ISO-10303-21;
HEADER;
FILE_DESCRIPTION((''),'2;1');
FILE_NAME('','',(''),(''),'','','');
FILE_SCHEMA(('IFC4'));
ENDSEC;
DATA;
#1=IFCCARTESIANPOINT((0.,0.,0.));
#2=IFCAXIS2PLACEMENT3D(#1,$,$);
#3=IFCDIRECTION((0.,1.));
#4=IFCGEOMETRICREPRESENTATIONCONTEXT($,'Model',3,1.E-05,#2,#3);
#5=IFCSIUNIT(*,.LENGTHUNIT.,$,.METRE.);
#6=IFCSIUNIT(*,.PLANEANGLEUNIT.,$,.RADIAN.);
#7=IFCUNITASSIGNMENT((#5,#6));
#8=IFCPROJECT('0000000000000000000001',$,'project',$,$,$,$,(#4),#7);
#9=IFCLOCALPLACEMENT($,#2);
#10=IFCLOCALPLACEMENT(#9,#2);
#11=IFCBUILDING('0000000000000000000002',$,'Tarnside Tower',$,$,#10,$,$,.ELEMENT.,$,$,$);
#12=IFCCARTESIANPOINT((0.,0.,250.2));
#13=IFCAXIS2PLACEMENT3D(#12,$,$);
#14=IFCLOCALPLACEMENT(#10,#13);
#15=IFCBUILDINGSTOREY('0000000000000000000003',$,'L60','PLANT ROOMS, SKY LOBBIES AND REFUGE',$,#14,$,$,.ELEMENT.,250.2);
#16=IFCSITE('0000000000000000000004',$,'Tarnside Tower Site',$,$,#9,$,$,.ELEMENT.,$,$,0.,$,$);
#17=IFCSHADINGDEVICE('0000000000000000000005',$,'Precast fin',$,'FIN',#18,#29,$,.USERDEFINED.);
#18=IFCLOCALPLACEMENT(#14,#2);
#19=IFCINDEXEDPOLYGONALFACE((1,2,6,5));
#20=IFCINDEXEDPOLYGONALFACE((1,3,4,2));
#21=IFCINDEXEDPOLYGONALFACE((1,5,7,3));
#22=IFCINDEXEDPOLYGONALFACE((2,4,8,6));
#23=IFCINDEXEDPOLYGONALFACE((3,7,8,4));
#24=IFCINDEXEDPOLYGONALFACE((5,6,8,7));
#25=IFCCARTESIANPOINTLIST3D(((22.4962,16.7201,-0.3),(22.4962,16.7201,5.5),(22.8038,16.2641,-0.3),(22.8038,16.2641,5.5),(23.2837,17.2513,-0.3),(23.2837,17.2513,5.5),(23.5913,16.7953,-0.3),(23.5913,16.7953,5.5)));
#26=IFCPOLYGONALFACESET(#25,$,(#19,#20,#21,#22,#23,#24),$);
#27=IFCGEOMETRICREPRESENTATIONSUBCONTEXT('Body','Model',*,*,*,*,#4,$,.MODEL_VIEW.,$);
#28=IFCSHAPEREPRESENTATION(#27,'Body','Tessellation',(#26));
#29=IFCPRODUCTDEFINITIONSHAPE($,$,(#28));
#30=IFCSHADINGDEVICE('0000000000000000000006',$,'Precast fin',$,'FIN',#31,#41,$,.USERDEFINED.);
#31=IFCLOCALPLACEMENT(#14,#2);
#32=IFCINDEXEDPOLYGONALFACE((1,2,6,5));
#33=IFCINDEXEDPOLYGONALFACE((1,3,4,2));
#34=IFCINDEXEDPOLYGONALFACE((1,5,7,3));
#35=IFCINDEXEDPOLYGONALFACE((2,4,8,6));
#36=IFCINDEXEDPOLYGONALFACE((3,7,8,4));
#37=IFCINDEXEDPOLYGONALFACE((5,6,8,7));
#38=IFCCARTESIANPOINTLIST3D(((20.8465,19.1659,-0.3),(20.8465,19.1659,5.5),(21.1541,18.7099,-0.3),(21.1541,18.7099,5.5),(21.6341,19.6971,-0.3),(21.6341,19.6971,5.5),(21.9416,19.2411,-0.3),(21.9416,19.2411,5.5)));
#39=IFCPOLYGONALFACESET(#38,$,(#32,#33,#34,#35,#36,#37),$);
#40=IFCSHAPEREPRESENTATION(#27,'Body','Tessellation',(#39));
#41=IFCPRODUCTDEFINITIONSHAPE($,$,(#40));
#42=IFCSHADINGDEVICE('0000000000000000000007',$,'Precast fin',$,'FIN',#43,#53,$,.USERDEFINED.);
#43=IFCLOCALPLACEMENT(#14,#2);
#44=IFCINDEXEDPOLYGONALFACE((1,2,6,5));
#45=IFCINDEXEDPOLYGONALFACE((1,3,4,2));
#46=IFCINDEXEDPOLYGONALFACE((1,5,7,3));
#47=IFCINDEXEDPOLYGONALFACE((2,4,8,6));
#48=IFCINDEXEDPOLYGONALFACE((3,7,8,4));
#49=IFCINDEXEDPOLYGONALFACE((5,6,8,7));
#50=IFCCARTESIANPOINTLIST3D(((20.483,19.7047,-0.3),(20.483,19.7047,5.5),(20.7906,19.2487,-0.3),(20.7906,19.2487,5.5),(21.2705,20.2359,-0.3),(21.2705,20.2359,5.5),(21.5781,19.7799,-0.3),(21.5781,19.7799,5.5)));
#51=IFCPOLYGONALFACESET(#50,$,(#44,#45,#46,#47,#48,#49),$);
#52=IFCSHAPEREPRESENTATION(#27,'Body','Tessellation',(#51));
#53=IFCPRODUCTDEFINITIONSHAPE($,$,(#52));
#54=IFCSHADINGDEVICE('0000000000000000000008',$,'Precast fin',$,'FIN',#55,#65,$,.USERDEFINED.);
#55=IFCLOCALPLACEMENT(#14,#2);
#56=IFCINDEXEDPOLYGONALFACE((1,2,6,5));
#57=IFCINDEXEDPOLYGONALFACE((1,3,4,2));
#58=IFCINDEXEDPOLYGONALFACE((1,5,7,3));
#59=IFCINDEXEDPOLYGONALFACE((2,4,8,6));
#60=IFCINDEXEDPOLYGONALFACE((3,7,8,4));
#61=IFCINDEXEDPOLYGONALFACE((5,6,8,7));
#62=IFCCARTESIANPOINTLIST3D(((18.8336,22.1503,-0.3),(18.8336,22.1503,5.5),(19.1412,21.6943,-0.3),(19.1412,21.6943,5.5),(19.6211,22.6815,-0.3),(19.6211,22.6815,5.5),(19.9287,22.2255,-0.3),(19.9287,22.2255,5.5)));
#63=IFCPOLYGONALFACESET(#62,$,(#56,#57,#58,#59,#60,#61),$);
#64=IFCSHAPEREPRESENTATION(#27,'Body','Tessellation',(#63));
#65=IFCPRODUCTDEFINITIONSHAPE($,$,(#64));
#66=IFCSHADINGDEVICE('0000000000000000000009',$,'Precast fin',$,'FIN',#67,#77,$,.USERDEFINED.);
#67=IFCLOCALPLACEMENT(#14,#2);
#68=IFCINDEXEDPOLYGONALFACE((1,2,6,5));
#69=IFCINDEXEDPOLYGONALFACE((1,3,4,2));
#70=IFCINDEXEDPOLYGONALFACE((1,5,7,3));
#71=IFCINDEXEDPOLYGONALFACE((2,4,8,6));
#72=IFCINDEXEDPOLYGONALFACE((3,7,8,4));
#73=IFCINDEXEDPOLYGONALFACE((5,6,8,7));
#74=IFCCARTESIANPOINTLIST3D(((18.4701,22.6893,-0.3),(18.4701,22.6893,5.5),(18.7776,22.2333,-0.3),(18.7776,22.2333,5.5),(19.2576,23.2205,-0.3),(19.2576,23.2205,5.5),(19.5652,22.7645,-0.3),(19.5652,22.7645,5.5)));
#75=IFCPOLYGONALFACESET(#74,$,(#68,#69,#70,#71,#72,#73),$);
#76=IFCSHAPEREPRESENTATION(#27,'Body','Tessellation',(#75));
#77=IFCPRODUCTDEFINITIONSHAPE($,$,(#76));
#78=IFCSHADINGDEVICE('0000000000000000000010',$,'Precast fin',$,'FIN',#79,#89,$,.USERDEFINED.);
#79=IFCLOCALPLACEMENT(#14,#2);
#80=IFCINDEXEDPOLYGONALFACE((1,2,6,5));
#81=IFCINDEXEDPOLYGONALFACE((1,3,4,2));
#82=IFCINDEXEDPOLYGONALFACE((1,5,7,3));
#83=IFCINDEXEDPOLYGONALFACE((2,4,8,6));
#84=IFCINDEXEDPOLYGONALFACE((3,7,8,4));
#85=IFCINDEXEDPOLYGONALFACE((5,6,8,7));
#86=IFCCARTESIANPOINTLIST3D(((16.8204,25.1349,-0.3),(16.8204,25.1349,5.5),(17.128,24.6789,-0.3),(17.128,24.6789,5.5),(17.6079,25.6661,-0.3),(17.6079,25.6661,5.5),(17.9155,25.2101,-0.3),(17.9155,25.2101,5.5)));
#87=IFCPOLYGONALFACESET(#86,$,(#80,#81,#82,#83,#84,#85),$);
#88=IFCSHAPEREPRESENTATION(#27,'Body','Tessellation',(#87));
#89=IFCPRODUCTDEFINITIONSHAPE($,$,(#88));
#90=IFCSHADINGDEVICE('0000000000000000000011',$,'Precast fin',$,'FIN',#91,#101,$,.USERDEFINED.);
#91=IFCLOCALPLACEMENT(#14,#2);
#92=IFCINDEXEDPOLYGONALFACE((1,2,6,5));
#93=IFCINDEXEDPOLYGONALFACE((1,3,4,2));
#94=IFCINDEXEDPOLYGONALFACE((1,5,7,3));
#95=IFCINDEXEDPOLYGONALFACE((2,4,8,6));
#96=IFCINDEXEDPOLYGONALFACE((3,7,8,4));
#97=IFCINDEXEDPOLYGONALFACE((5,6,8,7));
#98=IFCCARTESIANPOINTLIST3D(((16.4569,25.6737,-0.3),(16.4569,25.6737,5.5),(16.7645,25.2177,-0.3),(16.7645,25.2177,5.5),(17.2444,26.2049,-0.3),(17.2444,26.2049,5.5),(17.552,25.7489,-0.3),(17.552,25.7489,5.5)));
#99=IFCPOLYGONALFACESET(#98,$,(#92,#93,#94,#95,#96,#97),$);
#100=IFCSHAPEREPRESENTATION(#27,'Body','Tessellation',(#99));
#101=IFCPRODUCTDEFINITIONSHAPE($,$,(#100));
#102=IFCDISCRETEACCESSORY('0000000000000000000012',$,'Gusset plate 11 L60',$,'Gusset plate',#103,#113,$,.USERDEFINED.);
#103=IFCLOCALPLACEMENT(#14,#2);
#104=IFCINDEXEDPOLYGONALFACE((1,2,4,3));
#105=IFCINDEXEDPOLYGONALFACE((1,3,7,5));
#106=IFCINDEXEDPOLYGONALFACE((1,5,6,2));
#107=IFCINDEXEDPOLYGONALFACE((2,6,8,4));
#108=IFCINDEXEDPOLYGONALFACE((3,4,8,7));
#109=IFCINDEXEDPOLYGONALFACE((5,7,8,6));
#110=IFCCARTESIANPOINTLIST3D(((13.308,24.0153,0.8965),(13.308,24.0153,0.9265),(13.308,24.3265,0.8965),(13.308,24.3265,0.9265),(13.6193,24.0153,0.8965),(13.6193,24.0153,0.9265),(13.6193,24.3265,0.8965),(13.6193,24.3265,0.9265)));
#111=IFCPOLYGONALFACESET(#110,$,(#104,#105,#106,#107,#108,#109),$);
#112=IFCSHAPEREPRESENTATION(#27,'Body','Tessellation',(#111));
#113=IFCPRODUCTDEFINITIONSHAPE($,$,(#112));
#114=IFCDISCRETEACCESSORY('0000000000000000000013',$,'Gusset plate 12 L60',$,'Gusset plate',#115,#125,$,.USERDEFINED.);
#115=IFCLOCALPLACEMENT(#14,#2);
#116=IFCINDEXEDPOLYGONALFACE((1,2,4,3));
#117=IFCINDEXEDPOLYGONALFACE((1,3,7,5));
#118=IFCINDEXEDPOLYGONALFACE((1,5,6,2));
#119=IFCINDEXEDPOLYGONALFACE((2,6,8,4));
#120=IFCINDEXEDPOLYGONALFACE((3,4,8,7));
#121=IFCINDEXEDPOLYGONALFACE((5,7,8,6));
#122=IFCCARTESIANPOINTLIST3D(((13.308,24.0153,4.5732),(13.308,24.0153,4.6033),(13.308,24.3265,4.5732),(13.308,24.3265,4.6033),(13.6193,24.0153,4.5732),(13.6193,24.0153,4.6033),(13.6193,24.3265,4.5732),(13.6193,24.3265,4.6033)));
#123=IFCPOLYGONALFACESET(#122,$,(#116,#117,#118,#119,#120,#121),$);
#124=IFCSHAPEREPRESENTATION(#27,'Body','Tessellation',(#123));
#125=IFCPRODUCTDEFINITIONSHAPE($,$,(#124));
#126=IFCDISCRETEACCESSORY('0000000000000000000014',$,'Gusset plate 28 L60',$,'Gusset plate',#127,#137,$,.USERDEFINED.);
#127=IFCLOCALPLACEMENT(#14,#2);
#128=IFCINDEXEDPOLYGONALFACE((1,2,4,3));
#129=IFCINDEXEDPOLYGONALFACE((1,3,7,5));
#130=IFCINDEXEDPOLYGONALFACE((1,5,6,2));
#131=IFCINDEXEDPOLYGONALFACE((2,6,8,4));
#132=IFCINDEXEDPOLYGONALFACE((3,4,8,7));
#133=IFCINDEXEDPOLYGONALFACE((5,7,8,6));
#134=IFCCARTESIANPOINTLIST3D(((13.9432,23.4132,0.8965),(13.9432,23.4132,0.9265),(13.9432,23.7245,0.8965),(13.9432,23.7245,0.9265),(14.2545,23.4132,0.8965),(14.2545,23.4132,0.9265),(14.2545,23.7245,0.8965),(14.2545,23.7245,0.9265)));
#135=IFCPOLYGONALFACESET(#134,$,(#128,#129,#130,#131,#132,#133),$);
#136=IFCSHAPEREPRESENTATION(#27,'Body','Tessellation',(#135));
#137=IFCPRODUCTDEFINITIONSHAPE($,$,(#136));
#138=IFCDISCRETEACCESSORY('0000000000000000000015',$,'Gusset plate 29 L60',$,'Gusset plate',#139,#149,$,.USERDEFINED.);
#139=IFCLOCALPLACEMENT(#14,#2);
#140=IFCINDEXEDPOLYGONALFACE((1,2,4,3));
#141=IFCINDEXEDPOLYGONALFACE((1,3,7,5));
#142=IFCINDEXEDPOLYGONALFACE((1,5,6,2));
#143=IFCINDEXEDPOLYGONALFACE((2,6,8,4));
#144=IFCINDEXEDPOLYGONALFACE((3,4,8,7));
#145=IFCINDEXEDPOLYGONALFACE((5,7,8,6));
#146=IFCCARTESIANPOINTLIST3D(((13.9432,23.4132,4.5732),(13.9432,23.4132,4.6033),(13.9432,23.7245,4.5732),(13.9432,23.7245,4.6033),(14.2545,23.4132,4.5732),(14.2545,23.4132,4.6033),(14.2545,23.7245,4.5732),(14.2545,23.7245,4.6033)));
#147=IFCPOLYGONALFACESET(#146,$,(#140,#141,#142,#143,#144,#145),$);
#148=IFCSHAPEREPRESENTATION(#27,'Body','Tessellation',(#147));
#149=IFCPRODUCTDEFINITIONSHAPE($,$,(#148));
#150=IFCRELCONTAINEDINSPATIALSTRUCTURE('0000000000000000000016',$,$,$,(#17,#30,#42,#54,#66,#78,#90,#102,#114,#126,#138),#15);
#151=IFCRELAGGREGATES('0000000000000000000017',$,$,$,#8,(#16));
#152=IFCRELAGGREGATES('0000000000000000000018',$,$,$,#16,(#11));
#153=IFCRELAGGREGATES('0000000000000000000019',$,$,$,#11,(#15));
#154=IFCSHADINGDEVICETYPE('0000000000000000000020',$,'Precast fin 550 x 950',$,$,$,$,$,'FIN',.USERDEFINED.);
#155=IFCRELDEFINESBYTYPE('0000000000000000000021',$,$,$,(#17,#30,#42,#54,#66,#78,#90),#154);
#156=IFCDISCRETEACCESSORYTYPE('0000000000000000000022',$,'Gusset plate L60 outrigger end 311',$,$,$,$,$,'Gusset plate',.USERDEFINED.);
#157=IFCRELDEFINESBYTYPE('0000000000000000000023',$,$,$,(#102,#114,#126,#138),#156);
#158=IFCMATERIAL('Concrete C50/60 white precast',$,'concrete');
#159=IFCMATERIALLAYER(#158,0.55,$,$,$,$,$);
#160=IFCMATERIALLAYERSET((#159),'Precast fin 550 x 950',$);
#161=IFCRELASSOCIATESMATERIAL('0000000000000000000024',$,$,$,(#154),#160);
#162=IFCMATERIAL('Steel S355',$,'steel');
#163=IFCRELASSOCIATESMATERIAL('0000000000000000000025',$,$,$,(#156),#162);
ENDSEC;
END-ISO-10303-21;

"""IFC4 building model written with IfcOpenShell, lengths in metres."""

from ifc_helpers import new_model, si_unit, direction, frame, origin, origin_2d, place, context, subcontext, project, spatial, polyline, rectangle, outline, extrude, material, layer, layer_set, type_object, element, save


model = new_model("IFC4")

# Units and contexts
model_context = context("Model", 3, precision=1e-05, world=origin(), true_north=direction((0.0, 1.0)))
body_context = subcontext(model_context, "Body", "Model", "MODEL_VIEW")
ifc_project = project(units=[si_unit("LENGTHUNIT", "METRE"), si_unit("PLANEANGLEUNIT", "RADIAN")], contexts=[model_context])

# Site, building, storey
site_placement = place(None, origin())
site = spatial("IfcSite", under=ifc_project, at=site_placement, Name="Tarnside Tower Site", CompositionType="ELEMENT", RefElevation=0.0)
building_placement = place(site_placement, origin())
building = spatial("IfcBuilding", under=site, at=building_placement, Name="Tarnside Tower", CompositionType="ELEMENT")
storey_placement = place(building_placement, frame((0.0, 0.0, 250.2)))
storey = spatial("IfcBuildingStorey", under=building, at=storey_placement, Name="L60", Description="PLANT ROOMS, SKY LOBBIES AND REFUGE", CompositionType="ELEMENT", Elevation=250.2)

# Shared definitions
ifc_material_1 = material(Name="Steel S355", Category="steel")

# Shading devices
ifc_material_2 = material(Name="Concrete C50/60 white precast", Category="concrete")
ifc_layer_1 = layer(ifc_material_2, 0.55)
ifc_layer_set_1 = layer_set([ifc_layer_1], Name="Precast fin 550 x 950")
shading_device_type = type_object("IfcShadingDeviceType", Name="Precast fin 550 x 950", ElementType="FIN", PredefinedType="USERDEFINED", material=ifc_layer_set_1)
for number, where, z_axis, x_axis, name in (
    (1, (22.6499, 16.4922, -0.3), (0.559193, -0.829038, 0.0), (0.829038, 0.559193, 0.0), "Precast fin"),
    (2, (21.0002, 18.938, -0.3), (0.559193, -0.829038, 0.0), (0.829038, 0.559193, 0.0), "Precast fin"),
    (3, (20.6367, 19.4768, -0.3), (0.559193, -0.829038, 0.0), (0.829038, 0.559193, 0.0), "Precast fin"),
    (4, (18.9873, 21.9224, -0.3), (0.559193, -0.829038, 0.0), (0.829038, 0.559193, 0.0), "Precast fin"),
    (5, (18.6238, 22.4614, -0.3), (0.559193, -0.829038, 0.0), (0.829038, 0.559193, 0.0), "Precast fin"),
    (6, (16.9741, 24.907, -0.3), (0.559193, -0.829038, 0.0), (0.829038, 0.559193, 0.0), "Precast fin"),
    (7, (16.6106, 25.4458, -0.3), (0.559193, -0.829038, 0.0), (0.829038, 0.559193, 0.0), "Precast fin"),
):
    element("IfcShadingDevice", number, at=place(storey_placement, frame(where, z_axis=z_axis, x_axis=x_axis)), inside=storey, type_object=shading_device_type, Name=name, ObjectType="FIN", PredefinedType="USERDEFINED", context=body_context, shape_type="SweptSolid", body=[
        extrude(outline(polyline([(0.0, 0.0), (0.95, 0.0), (0.95, 5.8), (0.0, 5.8), (0.0, 0.0)])), frame((0.0, 0.0, -0.2749)), (0.0, 0.0, 1.0), 0.55),
    ])

# Discrete accessories
discrete_accessory_type = type_object("IfcDiscreteAccessoryType", Name="Gusset plate L60 outrigger end 311", ElementType="Gusset plate", PredefinedType="USERDEFINED", material=ifc_material_1)
for number, where, z_axis, x_axis, name in (
    (8, (13.4636, 24.1709, 0.8965), (0.0, 0.0, 1.0), (1.0, 0.0, 0.0), "Gusset plate 11 L60"),
    (9, (13.4636, 24.1709, 4.5732), (0.0, 0.0, 1.0), (1.0, 0.0, 0.0), "Gusset plate 12 L60"),
    (10, (14.0989, 23.5688, 0.8965), (0.0, 0.0, 1.0), (1.0, 0.0, 0.0), "Gusset plate 28 L60"),
    (11, (14.0989, 23.5688, 4.5732), (0.0, 0.0, 1.0), (1.0, 0.0, 0.0), "Gusset plate 29 L60"),
):
    element("IfcDiscreteAccessory", number, at=place(storey_placement, frame(where, z_axis=z_axis, x_axis=x_axis)), inside=storey, type_object=discrete_accessory_type, Name=name, ObjectType="Gusset plate", PredefinedType="USERDEFINED", context=body_context, shape_type="SweptSolid", body=[
        extrude(rectangle(XDim=0.3113, YDim=0.3113, at=origin_2d()), origin(), (0.0, 0.0, 1.0), 0.03),
    ])

save(model, "model.ifc")
